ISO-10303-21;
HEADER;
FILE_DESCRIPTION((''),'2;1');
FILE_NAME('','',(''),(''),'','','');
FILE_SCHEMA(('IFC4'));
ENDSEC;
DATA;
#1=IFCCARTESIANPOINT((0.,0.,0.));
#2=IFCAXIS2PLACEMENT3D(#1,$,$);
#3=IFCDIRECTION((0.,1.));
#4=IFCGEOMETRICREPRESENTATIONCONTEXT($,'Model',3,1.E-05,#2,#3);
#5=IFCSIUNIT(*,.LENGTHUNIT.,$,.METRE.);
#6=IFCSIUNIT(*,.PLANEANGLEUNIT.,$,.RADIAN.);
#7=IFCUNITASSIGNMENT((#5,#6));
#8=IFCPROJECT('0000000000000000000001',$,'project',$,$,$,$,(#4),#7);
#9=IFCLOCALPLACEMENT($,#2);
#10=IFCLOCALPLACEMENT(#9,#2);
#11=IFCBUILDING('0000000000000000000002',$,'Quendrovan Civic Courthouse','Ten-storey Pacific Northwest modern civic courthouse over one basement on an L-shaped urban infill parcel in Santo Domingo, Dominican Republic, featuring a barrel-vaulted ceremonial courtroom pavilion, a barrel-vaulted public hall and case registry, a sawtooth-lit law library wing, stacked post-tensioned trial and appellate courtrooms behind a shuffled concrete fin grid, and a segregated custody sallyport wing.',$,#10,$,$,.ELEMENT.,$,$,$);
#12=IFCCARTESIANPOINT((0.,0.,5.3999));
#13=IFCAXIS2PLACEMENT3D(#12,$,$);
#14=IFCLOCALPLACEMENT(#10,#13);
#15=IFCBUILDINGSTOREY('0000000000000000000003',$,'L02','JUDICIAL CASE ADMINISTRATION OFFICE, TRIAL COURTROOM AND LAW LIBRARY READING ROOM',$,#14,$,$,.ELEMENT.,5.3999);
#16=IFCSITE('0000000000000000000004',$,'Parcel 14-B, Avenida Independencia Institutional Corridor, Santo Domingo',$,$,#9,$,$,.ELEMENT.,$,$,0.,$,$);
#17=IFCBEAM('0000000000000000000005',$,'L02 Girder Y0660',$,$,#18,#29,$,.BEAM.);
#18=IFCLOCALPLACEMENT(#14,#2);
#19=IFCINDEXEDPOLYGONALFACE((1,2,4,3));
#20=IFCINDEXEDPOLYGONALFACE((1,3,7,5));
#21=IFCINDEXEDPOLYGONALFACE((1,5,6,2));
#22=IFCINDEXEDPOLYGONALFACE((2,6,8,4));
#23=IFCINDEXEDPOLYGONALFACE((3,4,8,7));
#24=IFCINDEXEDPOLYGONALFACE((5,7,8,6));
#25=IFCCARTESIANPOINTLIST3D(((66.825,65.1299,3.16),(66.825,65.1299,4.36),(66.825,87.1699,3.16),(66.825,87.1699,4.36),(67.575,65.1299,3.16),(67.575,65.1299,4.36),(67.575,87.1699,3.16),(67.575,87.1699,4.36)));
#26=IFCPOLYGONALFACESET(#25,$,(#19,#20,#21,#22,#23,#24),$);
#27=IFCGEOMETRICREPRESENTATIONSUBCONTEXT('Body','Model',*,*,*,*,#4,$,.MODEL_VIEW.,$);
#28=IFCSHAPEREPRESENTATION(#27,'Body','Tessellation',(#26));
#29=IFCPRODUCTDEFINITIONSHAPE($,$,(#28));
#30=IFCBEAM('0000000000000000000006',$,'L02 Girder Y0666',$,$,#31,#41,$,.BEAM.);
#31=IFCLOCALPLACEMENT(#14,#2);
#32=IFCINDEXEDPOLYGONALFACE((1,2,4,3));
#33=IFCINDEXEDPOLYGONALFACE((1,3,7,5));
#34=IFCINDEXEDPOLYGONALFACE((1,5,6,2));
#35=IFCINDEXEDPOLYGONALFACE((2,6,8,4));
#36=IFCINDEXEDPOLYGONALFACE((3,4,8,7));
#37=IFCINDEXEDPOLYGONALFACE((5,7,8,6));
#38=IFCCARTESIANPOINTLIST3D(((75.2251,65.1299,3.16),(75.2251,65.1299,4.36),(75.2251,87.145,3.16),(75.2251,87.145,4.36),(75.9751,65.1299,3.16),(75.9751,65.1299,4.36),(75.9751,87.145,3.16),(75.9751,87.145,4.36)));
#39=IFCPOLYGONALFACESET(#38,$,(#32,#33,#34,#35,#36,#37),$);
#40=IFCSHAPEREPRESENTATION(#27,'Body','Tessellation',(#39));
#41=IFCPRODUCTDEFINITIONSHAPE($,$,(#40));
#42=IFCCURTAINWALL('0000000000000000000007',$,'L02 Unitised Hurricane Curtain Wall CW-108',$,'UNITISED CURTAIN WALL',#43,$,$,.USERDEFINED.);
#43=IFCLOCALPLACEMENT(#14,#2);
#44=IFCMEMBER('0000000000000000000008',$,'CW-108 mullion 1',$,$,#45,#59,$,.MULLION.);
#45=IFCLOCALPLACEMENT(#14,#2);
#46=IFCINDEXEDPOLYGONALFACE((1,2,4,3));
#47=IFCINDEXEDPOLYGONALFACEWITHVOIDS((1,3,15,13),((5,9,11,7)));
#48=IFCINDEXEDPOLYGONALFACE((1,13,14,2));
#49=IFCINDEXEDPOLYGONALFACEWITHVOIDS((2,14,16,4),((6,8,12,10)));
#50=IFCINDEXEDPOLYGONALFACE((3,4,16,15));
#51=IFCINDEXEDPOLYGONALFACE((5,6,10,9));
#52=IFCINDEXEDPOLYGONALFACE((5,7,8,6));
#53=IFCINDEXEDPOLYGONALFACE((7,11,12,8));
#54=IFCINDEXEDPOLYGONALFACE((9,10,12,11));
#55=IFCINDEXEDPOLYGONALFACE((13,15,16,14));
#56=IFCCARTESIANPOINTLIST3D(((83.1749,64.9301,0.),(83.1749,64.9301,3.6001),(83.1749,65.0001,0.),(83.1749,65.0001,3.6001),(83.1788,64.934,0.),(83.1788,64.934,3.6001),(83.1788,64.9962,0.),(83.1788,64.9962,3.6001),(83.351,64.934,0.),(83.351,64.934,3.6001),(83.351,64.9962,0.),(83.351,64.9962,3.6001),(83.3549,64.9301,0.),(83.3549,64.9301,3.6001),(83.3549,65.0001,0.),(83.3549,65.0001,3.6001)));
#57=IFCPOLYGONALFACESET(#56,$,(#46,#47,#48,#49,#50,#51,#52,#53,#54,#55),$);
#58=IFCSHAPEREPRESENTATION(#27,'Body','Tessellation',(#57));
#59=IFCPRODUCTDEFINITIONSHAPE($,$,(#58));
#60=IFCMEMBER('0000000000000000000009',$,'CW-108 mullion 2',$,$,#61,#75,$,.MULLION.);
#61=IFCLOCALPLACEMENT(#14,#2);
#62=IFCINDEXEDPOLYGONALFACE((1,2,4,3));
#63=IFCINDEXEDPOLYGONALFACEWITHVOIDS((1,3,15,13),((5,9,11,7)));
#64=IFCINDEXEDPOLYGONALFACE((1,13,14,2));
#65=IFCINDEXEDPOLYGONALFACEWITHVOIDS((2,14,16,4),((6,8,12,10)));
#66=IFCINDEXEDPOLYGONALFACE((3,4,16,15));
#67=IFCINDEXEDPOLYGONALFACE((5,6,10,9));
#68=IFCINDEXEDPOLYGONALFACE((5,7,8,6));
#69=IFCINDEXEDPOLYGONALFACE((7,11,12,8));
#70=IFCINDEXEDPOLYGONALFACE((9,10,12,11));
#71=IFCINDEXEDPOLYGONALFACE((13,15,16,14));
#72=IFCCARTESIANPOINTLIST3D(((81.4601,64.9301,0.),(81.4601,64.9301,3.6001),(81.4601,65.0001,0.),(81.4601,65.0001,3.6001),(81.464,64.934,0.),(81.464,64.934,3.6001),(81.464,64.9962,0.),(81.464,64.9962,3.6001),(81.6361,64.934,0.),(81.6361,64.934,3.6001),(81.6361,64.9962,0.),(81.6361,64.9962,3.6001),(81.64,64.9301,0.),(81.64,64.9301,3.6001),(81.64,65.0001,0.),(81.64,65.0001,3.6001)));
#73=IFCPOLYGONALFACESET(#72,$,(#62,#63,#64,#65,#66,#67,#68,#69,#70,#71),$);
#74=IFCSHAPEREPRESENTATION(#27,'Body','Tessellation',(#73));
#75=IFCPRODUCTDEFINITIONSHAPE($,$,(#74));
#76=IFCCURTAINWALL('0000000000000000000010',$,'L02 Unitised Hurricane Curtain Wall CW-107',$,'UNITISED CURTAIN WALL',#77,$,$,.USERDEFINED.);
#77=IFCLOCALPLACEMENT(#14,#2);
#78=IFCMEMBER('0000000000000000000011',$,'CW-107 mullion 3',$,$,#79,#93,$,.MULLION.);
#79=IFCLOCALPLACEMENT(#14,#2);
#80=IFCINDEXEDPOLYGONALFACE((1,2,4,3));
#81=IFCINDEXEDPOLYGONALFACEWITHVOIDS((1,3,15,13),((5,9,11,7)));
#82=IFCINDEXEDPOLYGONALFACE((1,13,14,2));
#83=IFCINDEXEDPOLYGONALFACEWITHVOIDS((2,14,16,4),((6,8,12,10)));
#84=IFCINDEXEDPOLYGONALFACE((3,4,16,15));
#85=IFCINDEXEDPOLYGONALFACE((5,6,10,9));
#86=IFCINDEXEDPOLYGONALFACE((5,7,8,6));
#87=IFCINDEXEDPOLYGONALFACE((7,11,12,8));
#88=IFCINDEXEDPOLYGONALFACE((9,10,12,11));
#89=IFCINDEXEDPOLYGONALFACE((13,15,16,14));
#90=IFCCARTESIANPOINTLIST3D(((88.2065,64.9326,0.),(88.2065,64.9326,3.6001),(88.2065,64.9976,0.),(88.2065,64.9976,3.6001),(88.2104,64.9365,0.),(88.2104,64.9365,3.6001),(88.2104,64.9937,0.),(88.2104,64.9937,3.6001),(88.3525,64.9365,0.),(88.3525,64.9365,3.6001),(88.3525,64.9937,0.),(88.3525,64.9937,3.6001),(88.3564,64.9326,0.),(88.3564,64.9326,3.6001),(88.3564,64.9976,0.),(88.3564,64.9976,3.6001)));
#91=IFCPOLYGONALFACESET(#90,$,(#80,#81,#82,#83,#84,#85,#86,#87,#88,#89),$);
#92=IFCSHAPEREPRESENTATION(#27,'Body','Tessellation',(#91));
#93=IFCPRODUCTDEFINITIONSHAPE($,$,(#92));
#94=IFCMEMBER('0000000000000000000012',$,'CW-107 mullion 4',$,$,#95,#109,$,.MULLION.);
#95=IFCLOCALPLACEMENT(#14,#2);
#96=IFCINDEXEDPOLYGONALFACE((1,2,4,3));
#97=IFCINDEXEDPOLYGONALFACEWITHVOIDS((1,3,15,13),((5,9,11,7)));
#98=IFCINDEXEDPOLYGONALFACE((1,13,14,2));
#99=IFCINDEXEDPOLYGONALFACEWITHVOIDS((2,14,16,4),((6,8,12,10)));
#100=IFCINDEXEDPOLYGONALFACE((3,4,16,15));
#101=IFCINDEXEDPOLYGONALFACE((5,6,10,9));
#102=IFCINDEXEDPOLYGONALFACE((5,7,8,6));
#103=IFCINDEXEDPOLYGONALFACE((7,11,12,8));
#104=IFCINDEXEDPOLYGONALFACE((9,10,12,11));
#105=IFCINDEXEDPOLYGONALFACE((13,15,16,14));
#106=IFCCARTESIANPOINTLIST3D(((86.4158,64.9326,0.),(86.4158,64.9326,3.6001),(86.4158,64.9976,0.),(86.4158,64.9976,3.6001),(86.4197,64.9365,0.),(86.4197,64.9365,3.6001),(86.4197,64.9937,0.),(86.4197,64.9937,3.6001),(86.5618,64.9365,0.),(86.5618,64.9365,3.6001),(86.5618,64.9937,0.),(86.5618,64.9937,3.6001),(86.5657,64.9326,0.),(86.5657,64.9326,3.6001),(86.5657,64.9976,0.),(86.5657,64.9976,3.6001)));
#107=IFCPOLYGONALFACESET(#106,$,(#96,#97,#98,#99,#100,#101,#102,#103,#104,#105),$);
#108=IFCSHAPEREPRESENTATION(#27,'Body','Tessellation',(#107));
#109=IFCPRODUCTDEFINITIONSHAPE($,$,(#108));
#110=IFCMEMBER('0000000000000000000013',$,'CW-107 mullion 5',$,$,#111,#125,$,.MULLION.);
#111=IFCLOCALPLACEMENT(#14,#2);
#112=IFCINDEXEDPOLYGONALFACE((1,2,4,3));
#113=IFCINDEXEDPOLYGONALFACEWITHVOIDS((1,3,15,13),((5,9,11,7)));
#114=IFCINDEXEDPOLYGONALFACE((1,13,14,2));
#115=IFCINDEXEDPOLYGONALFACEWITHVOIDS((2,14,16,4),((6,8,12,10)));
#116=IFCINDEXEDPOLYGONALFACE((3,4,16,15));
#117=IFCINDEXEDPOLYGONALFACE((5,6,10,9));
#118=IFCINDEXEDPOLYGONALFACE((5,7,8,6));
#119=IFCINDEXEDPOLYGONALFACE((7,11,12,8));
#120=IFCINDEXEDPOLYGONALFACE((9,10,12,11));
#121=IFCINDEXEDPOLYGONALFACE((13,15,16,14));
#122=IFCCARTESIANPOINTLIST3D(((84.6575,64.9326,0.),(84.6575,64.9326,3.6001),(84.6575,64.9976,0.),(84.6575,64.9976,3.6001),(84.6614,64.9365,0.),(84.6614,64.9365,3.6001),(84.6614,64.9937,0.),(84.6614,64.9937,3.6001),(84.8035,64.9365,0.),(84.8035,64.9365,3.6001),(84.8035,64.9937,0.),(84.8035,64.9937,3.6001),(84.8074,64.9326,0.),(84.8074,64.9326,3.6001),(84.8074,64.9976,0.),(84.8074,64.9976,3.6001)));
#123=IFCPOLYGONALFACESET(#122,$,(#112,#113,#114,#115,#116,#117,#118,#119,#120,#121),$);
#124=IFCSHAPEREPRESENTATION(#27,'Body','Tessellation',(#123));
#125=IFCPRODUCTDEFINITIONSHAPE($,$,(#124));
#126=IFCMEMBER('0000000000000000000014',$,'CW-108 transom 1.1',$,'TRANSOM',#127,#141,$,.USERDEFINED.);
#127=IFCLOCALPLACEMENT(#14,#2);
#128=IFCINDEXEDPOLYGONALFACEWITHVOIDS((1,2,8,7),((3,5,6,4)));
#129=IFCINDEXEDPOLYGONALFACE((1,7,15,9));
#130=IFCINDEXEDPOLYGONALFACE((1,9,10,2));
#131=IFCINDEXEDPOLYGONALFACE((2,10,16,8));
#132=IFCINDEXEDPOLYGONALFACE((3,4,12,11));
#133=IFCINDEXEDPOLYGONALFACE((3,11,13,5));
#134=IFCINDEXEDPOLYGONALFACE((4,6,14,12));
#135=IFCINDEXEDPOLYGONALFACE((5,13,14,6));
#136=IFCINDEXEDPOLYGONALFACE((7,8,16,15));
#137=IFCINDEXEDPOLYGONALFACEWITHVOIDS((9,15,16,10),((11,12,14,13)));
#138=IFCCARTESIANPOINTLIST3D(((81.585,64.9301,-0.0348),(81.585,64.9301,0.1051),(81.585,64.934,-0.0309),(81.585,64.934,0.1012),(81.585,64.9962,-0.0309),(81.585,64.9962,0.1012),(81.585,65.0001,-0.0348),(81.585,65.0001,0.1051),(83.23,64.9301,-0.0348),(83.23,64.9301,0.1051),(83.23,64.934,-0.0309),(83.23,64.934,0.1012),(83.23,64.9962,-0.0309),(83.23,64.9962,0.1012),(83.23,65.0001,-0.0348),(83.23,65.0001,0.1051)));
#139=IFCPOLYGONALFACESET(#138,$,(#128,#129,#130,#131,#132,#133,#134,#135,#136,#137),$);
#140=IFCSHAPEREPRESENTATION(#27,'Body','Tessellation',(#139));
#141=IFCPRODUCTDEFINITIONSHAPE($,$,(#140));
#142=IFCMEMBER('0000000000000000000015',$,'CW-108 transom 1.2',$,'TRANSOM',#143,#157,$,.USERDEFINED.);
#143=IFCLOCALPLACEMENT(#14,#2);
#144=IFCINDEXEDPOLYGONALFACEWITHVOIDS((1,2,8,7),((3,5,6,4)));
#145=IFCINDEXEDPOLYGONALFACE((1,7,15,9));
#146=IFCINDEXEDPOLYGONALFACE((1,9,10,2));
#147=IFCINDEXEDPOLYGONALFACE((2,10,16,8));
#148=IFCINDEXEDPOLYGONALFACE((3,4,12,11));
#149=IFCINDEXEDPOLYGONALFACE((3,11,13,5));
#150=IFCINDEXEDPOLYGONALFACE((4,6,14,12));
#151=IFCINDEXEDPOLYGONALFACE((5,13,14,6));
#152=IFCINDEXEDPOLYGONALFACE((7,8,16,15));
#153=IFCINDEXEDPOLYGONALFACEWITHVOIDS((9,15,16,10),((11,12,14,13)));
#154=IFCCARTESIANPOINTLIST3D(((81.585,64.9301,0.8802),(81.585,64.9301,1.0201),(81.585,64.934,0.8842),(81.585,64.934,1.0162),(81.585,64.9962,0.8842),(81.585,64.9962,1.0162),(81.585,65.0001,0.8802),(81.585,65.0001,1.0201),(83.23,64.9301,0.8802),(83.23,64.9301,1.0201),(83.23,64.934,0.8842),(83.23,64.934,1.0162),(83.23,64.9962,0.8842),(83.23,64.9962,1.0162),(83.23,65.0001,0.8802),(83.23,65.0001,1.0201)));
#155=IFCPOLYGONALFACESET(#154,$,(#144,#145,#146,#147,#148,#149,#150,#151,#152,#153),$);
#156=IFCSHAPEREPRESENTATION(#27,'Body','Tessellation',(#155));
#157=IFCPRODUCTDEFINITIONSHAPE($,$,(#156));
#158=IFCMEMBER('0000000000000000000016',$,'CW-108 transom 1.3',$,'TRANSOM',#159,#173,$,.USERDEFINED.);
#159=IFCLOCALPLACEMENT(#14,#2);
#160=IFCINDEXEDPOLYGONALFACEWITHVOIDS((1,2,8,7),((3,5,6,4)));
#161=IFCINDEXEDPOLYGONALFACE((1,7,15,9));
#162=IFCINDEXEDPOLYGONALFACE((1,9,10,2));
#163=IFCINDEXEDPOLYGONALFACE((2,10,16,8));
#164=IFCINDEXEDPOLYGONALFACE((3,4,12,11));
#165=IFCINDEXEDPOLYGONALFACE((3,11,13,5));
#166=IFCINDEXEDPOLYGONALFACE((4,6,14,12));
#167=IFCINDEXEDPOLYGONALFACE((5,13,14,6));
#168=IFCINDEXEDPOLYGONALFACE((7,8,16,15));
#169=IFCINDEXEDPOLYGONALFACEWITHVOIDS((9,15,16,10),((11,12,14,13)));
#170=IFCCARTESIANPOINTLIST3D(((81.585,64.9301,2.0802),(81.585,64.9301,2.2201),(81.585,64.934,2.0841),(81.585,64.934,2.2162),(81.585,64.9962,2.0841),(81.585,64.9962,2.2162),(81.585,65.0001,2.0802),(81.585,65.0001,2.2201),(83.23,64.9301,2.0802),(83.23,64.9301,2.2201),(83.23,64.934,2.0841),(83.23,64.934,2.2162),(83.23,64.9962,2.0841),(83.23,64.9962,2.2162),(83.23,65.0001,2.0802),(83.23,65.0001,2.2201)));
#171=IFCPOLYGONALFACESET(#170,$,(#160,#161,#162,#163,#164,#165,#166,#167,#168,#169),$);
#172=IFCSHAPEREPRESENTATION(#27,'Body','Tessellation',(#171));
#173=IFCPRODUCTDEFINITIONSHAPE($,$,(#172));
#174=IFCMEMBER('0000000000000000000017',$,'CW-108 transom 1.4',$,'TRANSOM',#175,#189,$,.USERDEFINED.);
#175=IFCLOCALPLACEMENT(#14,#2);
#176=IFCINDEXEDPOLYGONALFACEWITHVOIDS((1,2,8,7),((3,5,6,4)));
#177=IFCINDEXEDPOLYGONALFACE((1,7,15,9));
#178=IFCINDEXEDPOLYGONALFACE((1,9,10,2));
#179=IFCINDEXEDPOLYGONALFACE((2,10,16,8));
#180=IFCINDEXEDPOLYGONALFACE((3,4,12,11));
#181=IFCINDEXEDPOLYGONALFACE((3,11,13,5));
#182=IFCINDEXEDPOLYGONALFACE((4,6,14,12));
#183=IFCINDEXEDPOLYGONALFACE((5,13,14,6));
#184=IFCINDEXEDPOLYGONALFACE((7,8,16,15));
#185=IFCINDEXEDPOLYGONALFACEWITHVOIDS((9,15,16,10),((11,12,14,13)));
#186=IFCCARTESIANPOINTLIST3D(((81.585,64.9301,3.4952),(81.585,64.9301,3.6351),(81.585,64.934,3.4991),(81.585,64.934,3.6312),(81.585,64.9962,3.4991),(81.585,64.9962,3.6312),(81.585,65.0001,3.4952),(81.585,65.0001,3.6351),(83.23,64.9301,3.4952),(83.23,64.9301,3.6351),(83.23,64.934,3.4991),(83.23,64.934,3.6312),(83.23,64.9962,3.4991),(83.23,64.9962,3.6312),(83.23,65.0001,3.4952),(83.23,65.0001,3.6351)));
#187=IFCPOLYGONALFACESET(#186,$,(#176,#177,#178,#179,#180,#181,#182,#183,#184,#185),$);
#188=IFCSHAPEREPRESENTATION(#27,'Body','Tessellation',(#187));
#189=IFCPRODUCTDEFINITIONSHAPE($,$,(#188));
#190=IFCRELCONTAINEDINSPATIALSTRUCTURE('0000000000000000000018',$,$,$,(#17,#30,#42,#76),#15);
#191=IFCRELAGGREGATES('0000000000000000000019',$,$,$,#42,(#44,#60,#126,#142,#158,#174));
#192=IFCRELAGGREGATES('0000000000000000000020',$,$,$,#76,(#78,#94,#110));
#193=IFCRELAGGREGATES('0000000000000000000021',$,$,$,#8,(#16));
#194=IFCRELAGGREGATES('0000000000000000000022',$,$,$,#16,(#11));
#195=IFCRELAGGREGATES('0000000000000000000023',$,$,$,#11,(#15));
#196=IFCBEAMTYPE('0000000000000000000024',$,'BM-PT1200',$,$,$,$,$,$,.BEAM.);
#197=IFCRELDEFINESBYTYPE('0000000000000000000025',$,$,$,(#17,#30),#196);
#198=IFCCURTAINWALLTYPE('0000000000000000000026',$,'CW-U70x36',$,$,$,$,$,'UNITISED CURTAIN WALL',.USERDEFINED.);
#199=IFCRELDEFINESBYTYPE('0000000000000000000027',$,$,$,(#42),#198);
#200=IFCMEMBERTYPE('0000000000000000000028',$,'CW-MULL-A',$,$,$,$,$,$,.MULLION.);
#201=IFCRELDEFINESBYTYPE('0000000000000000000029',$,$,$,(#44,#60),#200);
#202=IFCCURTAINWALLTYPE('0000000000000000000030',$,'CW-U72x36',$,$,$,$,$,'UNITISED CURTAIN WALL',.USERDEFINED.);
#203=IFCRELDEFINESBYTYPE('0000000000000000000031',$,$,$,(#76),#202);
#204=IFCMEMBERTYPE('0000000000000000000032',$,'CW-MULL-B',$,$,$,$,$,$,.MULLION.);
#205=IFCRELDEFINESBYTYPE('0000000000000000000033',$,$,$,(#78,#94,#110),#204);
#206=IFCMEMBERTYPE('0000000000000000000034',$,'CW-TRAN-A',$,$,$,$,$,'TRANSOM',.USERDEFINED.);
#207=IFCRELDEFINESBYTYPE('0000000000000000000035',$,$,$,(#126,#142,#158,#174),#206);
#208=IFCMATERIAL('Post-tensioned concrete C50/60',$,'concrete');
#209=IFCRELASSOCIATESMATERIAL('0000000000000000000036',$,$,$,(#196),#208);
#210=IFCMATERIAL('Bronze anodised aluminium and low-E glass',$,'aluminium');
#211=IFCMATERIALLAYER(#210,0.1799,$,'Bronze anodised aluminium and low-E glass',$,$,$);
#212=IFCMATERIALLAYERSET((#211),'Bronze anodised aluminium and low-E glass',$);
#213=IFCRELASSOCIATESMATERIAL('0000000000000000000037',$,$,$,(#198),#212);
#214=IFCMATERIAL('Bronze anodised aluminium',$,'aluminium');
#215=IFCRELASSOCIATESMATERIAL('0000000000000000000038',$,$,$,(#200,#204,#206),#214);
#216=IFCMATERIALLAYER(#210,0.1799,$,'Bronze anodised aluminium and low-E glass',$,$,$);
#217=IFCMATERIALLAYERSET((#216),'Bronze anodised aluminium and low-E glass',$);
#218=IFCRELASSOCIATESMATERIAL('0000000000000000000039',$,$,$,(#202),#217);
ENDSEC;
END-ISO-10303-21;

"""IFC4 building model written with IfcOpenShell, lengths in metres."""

from ifc_helpers import new_model, si_unit, direction, frame, origin, origin_2d, place, context, subcontext, project, spatial, rectangle, hollow_rectangle, extrude, material, layer, layer_set, material_profile, profile_set, type_object, element, aggregate, save


model = new_model("IFC4")

# Units and contexts
model_context = context("Model", 3, precision=1e-05, world=origin(), true_north=direction((0.0, 1.0)))
body_context = subcontext(model_context, "Body", "Model", "MODEL_VIEW")
ifc_project = project(units=[si_unit("LENGTHUNIT", "METRE"), si_unit("PLANEANGLEUNIT", "RADIAN")], contexts=[model_context])

# Site, building, storey
site_placement = place(None, origin())
site = spatial("IfcSite", under=ifc_project, at=site_placement, Name="Parcel 14-B, Avenida Independencia Institutional Corridor, Santo Domingo", CompositionType="ELEMENT", RefElevation=0.0)
building_placement = place(site_placement, origin())
building = spatial("IfcBuilding", under=site, at=building_placement, Name="Quendrovan Civic Courthouse", Description="Ten-storey Pacific Northwest modern civic courthouse over one basement on an L-shaped urban infill parcel in Santo Domingo, Dominican Republic, featuring a barrel-vaulted ceremonial courtroom pavilion, a barrel-vaulted public hall and case registry, a sawtooth-lit law library wing, stacked post-tensioned trial and appellate courtrooms behind a shuffled concrete fin grid, and a segregated custody sallyport wing.", CompositionType="ELEMENT")
storey_placement = place(building_placement, frame((0.0, 0.0, 5.3999)))
storey = spatial("IfcBuildingStorey", under=building, at=storey_placement, Name="L02", Description="JUDICIAL CASE ADMINISTRATION OFFICE, TRIAL COURTROOM AND LAW LIBRARY READING ROOM", CompositionType="ELEMENT", Elevation=5.3999)

# Beams
ifc_material_1 = material(Name="Post-tensioned concrete C50/60", Category="concrete")
ifc_material_profile_1 = material_profile(ifc_material_1, rectangle(XDim=0.75, YDim=1.2, at=origin_2d()), Name="PT-GIRD-750x1200")
ifc_profile_set_1 = profile_set([ifc_material_profile_1], Name="Post-tensioned concrete C50/60")
beam_type = type_object("IfcBeamType", Name="BM-PT1200", PredefinedType="BEAM", material=ifc_profile_set_1)
beam_1_placement = place(storey_placement, frame((67.2, 65.1299, 3.76), z_axis=(0.0, 1.0, 0.0), x_axis=(-1.0, 0.0, 0.0)))
element("IfcBeam", 1, at=beam_1_placement, inside=storey, type_object=beam_type, Name="L02 Girder Y0660", PredefinedType="BEAM", context=body_context, shape_type="SweptSolid", body=[
    extrude(rectangle(XDim=0.75, YDim=1.2, at=origin_2d()), origin(), (0.0, 0.0, 1.0), 22.04),
])
beam_2_placement = place(storey_placement, frame((75.6001, 65.1299, 3.76), z_axis=(0.0, 1.0, 0.0), x_axis=(-1.0, 0.0, 0.0)))
element("IfcBeam", 2, at=beam_2_placement, inside=storey, type_object=beam_type, Name="L02 Girder Y0666", PredefinedType="BEAM", context=body_context, shape_type="SweptSolid", body=[
    extrude(rectangle(XDim=0.75, YDim=1.2, at=origin_2d()), origin(), (0.0, 0.0, 1.0), 22.0151),
])

# Curtain walls, members
ifc_material_2 = material(Name="Bronze anodised aluminium and low-E glass", Category="aluminium")
ifc_layer_1 = layer(ifc_material_2, 0.1799, Name="Bronze anodised aluminium and low-E glass")
ifc_layer_set_1 = layer_set([ifc_layer_1], Name="Bronze anodised aluminium and low-E glass")
curtain_wall_type_1 = type_object("IfcCurtainWallType", Name="CW-U70x36", ElementType="UNITISED CURTAIN WALL", PredefinedType="USERDEFINED", material=ifc_layer_set_1)
curtain_wall_1_placement = place(storey_placement, origin())
curtain_wall_1 = element("IfcCurtainWall", 3, at=curtain_wall_1_placement, inside=storey, type_object=curtain_wall_type_1, Name="L02 Unitised Hurricane Curtain Wall CW-108", ObjectType="UNITISED CURTAIN WALL", PredefinedType="USERDEFINED")
ifc_material_3 = material(Name="Bronze anodised aluminium", Category="aluminium")
ifc_material_profile_2 = material_profile(ifc_material_3, hollow_rectangle(XDim=0.0701, YDim=0.1799, WallThickness=0.0039, at=origin_2d()), Name="CW-MULL-70x180")
ifc_profile_set_2 = profile_set([ifc_material_profile_2], Name="Bronze anodised aluminium")
member_type_1 = type_object("IfcMemberType", Name="CW-MULL-A", PredefinedType="MULLION", material=ifc_profile_set_2)
member_1_placement = place(storey_placement, frame((83.2649, 64.9651, 0.0), z_axis=(0.0, 0.0, 1.0), x_axis=(0.0, -1.0, 0.0)))
member_1 = element("IfcMember", 4, at=member_1_placement, type_object=member_type_1, Name="CW-108 mullion 1", PredefinedType="MULLION", context=body_context, shape_type="SweptSolid", body=[
    extrude(hollow_rectangle(XDim=0.0701, YDim=0.1799, WallThickness=0.0039, at=origin_2d()), origin(), (0.0, 0.0, 1.0), 3.6001),
])
member_2_placement = place(storey_placement, frame((81.55, 64.9651, 0.0), z_axis=(0.0, 0.0, 1.0), x_axis=(0.0, -1.0, 0.0)))
member_2 = element("IfcMember", 5, at=member_2_placement, type_object=member_type_1, Name="CW-108 mullion 2", PredefinedType="MULLION", context=body_context, shape_type="SweptSolid", body=[
    extrude(hollow_rectangle(XDim=0.0701, YDim=0.1799, WallThickness=0.0039, at=origin_2d()), origin(), (0.0, 0.0, 1.0), 3.6001),
])
ifc_layer_2 = layer(ifc_material_2, 0.1799, Name="Bronze anodised aluminium and low-E glass")
ifc_layer_set_2 = layer_set([ifc_layer_2], Name="Bronze anodised aluminium and low-E glass")
curtain_wall_type_2 = type_object("IfcCurtainWallType", Name="CW-U72x36", ElementType="UNITISED CURTAIN WALL", PredefinedType="USERDEFINED", material=ifc_layer_set_2)
curtain_wall_2_placement = place(storey_placement, origin())
curtain_wall_2 = element("IfcCurtainWall", 6, at=curtain_wall_2_placement, inside=storey, type_object=curtain_wall_type_2, Name="L02 Unitised Hurricane Curtain Wall CW-107", ObjectType="UNITISED CURTAIN WALL", PredefinedType="USERDEFINED")
ifc_material_profile_3 = material_profile(ifc_material_3, hollow_rectangle(XDim=0.0649, YDim=0.1499, WallThickness=0.0039, at=origin_2d()), Name="CW-MULL-65x150")
ifc_profile_set_3 = profile_set([ifc_material_profile_3], Name="Bronze anodised aluminium")
member_type_2 = type_object("IfcMemberType", Name="CW-MULL-B", PredefinedType="MULLION", material=ifc_profile_set_3)
member_3_placement = place(storey_placement, frame((88.2815, 64.9651, 0.0), z_axis=(0.0, 0.0, 1.0), x_axis=(0.0, -1.0, 0.0)))
member_3 = element("IfcMember", 7, at=member_3_placement, type_object=member_type_2, Name="CW-107 mullion 3", PredefinedType="MULLION", context=body_context, shape_type="SweptSolid", body=[
    extrude(hollow_rectangle(XDim=0.0649, YDim=0.1499, WallThickness=0.0039, at=origin_2d()), origin(), (0.0, 0.0, 1.0), 3.6001),
])
member_4_placement = place(storey_placement, frame((86.4907, 64.9651, 0.0), z_axis=(0.0, 0.0, 1.0), x_axis=(0.0, -1.0, 0.0)))
member_4 = element("IfcMember", 8, at=member_4_placement, type_object=member_type_2, Name="CW-107 mullion 4", PredefinedType="MULLION", context=body_context, shape_type="SweptSolid", body=[
    extrude(hollow_rectangle(XDim=0.0649, YDim=0.1499, WallThickness=0.0039, at=origin_2d()), origin(), (0.0, 0.0, 1.0), 3.6001),
])
member_5_placement = place(storey_placement, frame((84.7324, 64.9651, 0.0), z_axis=(0.0, 0.0, 1.0), x_axis=(0.0, -1.0, 0.0)))
member_5 = element("IfcMember", 9, at=member_5_placement, type_object=member_type_2, Name="CW-107 mullion 5", PredefinedType="MULLION", context=body_context, shape_type="SweptSolid", body=[
    extrude(hollow_rectangle(XDim=0.0649, YDim=0.1499, WallThickness=0.0039, at=origin_2d()), origin(), (0.0, 0.0, 1.0), 3.6001),
])

# Members
ifc_material_profile_4 = material_profile(ifc_material_3, hollow_rectangle(XDim=0.0701, YDim=0.1399, WallThickness=0.0039, at=origin_2d()), Name="CW-TRAN-70x140")
ifc_profile_set_4 = profile_set([ifc_material_profile_4], Name="Bronze anodised aluminium")
member_type_3 = type_object("IfcMemberType", Name="CW-TRAN-A", ElementType="TRANSOM", PredefinedType="USERDEFINED", material=ifc_profile_set_4)
member_6_placement = place(storey_placement, frame((83.23, 64.9651, 0.0352), z_axis=(-1.0, 0.0, 0.0), x_axis=(0.0, -1.0, 0.0)))
member_6 = element("IfcMember", 10, at=member_6_placement, type_object=member_type_3, Name="CW-108 transom 1.1", ObjectType="TRANSOM", PredefinedType="USERDEFINED", context=body_context, shape_type="SweptSolid", body=[
    extrude(hollow_rectangle(XDim=0.0701, YDim=0.1399, WallThickness=0.0039, at=origin_2d()), origin(), (0.0, 0.0, 1.0), 1.645),
])
member_7_placement = place(storey_placement, frame((83.23, 64.9651, 0.9502), z_axis=(-1.0, 0.0, 0.0), x_axis=(0.0, -1.0, 0.0)))
member_7 = element("IfcMember", 11, at=member_7_placement, type_object=member_type_3, Name="CW-108 transom 1.2", ObjectType="TRANSOM", PredefinedType="USERDEFINED", context=body_context, shape_type="SweptSolid", body=[
    extrude(hollow_rectangle(XDim=0.0701, YDim=0.1399, WallThickness=0.0039, at=origin_2d()), origin(), (0.0, 0.0, 1.0), 1.645),
])
member_8_placement = place(storey_placement, frame((83.23, 64.9651, 2.1501), z_axis=(-1.0, 0.0, 0.0), x_axis=(0.0, -1.0, 0.0)))
member_8 = element("IfcMember", 12, at=member_8_placement, type_object=member_type_3, Name="CW-108 transom 1.3", ObjectType="TRANSOM", PredefinedType="USERDEFINED", context=body_context, shape_type="SweptSolid", body=[
    extrude(hollow_rectangle(XDim=0.0701, YDim=0.1399, WallThickness=0.0039, at=origin_2d()), origin(), (0.0, 0.0, 1.0), 1.645),
])
member_9_placement = place(storey_placement, frame((83.23, 64.9651, 3.5652), z_axis=(-1.0, 0.0, 0.0), x_axis=(0.0, -1.0, 0.0)))
member_9 = element("IfcMember", 13, at=member_9_placement, type_object=member_type_3, Name="CW-108 transom 1.4", ObjectType="TRANSOM", PredefinedType="USERDEFINED", context=body_context, shape_type="SweptSolid", body=[
    extrude(hollow_rectangle(XDim=0.0701, YDim=0.1399, WallThickness=0.0039, at=origin_2d()), origin(), (0.0, 0.0, 1.0), 1.645),
])

aggregate(curtain_wall_1, [member_1, member_2, member_6, member_7, member_8, member_9])
aggregate(curtain_wall_2, [member_3, member_4, member_5])

save(model, "model.ifc")
